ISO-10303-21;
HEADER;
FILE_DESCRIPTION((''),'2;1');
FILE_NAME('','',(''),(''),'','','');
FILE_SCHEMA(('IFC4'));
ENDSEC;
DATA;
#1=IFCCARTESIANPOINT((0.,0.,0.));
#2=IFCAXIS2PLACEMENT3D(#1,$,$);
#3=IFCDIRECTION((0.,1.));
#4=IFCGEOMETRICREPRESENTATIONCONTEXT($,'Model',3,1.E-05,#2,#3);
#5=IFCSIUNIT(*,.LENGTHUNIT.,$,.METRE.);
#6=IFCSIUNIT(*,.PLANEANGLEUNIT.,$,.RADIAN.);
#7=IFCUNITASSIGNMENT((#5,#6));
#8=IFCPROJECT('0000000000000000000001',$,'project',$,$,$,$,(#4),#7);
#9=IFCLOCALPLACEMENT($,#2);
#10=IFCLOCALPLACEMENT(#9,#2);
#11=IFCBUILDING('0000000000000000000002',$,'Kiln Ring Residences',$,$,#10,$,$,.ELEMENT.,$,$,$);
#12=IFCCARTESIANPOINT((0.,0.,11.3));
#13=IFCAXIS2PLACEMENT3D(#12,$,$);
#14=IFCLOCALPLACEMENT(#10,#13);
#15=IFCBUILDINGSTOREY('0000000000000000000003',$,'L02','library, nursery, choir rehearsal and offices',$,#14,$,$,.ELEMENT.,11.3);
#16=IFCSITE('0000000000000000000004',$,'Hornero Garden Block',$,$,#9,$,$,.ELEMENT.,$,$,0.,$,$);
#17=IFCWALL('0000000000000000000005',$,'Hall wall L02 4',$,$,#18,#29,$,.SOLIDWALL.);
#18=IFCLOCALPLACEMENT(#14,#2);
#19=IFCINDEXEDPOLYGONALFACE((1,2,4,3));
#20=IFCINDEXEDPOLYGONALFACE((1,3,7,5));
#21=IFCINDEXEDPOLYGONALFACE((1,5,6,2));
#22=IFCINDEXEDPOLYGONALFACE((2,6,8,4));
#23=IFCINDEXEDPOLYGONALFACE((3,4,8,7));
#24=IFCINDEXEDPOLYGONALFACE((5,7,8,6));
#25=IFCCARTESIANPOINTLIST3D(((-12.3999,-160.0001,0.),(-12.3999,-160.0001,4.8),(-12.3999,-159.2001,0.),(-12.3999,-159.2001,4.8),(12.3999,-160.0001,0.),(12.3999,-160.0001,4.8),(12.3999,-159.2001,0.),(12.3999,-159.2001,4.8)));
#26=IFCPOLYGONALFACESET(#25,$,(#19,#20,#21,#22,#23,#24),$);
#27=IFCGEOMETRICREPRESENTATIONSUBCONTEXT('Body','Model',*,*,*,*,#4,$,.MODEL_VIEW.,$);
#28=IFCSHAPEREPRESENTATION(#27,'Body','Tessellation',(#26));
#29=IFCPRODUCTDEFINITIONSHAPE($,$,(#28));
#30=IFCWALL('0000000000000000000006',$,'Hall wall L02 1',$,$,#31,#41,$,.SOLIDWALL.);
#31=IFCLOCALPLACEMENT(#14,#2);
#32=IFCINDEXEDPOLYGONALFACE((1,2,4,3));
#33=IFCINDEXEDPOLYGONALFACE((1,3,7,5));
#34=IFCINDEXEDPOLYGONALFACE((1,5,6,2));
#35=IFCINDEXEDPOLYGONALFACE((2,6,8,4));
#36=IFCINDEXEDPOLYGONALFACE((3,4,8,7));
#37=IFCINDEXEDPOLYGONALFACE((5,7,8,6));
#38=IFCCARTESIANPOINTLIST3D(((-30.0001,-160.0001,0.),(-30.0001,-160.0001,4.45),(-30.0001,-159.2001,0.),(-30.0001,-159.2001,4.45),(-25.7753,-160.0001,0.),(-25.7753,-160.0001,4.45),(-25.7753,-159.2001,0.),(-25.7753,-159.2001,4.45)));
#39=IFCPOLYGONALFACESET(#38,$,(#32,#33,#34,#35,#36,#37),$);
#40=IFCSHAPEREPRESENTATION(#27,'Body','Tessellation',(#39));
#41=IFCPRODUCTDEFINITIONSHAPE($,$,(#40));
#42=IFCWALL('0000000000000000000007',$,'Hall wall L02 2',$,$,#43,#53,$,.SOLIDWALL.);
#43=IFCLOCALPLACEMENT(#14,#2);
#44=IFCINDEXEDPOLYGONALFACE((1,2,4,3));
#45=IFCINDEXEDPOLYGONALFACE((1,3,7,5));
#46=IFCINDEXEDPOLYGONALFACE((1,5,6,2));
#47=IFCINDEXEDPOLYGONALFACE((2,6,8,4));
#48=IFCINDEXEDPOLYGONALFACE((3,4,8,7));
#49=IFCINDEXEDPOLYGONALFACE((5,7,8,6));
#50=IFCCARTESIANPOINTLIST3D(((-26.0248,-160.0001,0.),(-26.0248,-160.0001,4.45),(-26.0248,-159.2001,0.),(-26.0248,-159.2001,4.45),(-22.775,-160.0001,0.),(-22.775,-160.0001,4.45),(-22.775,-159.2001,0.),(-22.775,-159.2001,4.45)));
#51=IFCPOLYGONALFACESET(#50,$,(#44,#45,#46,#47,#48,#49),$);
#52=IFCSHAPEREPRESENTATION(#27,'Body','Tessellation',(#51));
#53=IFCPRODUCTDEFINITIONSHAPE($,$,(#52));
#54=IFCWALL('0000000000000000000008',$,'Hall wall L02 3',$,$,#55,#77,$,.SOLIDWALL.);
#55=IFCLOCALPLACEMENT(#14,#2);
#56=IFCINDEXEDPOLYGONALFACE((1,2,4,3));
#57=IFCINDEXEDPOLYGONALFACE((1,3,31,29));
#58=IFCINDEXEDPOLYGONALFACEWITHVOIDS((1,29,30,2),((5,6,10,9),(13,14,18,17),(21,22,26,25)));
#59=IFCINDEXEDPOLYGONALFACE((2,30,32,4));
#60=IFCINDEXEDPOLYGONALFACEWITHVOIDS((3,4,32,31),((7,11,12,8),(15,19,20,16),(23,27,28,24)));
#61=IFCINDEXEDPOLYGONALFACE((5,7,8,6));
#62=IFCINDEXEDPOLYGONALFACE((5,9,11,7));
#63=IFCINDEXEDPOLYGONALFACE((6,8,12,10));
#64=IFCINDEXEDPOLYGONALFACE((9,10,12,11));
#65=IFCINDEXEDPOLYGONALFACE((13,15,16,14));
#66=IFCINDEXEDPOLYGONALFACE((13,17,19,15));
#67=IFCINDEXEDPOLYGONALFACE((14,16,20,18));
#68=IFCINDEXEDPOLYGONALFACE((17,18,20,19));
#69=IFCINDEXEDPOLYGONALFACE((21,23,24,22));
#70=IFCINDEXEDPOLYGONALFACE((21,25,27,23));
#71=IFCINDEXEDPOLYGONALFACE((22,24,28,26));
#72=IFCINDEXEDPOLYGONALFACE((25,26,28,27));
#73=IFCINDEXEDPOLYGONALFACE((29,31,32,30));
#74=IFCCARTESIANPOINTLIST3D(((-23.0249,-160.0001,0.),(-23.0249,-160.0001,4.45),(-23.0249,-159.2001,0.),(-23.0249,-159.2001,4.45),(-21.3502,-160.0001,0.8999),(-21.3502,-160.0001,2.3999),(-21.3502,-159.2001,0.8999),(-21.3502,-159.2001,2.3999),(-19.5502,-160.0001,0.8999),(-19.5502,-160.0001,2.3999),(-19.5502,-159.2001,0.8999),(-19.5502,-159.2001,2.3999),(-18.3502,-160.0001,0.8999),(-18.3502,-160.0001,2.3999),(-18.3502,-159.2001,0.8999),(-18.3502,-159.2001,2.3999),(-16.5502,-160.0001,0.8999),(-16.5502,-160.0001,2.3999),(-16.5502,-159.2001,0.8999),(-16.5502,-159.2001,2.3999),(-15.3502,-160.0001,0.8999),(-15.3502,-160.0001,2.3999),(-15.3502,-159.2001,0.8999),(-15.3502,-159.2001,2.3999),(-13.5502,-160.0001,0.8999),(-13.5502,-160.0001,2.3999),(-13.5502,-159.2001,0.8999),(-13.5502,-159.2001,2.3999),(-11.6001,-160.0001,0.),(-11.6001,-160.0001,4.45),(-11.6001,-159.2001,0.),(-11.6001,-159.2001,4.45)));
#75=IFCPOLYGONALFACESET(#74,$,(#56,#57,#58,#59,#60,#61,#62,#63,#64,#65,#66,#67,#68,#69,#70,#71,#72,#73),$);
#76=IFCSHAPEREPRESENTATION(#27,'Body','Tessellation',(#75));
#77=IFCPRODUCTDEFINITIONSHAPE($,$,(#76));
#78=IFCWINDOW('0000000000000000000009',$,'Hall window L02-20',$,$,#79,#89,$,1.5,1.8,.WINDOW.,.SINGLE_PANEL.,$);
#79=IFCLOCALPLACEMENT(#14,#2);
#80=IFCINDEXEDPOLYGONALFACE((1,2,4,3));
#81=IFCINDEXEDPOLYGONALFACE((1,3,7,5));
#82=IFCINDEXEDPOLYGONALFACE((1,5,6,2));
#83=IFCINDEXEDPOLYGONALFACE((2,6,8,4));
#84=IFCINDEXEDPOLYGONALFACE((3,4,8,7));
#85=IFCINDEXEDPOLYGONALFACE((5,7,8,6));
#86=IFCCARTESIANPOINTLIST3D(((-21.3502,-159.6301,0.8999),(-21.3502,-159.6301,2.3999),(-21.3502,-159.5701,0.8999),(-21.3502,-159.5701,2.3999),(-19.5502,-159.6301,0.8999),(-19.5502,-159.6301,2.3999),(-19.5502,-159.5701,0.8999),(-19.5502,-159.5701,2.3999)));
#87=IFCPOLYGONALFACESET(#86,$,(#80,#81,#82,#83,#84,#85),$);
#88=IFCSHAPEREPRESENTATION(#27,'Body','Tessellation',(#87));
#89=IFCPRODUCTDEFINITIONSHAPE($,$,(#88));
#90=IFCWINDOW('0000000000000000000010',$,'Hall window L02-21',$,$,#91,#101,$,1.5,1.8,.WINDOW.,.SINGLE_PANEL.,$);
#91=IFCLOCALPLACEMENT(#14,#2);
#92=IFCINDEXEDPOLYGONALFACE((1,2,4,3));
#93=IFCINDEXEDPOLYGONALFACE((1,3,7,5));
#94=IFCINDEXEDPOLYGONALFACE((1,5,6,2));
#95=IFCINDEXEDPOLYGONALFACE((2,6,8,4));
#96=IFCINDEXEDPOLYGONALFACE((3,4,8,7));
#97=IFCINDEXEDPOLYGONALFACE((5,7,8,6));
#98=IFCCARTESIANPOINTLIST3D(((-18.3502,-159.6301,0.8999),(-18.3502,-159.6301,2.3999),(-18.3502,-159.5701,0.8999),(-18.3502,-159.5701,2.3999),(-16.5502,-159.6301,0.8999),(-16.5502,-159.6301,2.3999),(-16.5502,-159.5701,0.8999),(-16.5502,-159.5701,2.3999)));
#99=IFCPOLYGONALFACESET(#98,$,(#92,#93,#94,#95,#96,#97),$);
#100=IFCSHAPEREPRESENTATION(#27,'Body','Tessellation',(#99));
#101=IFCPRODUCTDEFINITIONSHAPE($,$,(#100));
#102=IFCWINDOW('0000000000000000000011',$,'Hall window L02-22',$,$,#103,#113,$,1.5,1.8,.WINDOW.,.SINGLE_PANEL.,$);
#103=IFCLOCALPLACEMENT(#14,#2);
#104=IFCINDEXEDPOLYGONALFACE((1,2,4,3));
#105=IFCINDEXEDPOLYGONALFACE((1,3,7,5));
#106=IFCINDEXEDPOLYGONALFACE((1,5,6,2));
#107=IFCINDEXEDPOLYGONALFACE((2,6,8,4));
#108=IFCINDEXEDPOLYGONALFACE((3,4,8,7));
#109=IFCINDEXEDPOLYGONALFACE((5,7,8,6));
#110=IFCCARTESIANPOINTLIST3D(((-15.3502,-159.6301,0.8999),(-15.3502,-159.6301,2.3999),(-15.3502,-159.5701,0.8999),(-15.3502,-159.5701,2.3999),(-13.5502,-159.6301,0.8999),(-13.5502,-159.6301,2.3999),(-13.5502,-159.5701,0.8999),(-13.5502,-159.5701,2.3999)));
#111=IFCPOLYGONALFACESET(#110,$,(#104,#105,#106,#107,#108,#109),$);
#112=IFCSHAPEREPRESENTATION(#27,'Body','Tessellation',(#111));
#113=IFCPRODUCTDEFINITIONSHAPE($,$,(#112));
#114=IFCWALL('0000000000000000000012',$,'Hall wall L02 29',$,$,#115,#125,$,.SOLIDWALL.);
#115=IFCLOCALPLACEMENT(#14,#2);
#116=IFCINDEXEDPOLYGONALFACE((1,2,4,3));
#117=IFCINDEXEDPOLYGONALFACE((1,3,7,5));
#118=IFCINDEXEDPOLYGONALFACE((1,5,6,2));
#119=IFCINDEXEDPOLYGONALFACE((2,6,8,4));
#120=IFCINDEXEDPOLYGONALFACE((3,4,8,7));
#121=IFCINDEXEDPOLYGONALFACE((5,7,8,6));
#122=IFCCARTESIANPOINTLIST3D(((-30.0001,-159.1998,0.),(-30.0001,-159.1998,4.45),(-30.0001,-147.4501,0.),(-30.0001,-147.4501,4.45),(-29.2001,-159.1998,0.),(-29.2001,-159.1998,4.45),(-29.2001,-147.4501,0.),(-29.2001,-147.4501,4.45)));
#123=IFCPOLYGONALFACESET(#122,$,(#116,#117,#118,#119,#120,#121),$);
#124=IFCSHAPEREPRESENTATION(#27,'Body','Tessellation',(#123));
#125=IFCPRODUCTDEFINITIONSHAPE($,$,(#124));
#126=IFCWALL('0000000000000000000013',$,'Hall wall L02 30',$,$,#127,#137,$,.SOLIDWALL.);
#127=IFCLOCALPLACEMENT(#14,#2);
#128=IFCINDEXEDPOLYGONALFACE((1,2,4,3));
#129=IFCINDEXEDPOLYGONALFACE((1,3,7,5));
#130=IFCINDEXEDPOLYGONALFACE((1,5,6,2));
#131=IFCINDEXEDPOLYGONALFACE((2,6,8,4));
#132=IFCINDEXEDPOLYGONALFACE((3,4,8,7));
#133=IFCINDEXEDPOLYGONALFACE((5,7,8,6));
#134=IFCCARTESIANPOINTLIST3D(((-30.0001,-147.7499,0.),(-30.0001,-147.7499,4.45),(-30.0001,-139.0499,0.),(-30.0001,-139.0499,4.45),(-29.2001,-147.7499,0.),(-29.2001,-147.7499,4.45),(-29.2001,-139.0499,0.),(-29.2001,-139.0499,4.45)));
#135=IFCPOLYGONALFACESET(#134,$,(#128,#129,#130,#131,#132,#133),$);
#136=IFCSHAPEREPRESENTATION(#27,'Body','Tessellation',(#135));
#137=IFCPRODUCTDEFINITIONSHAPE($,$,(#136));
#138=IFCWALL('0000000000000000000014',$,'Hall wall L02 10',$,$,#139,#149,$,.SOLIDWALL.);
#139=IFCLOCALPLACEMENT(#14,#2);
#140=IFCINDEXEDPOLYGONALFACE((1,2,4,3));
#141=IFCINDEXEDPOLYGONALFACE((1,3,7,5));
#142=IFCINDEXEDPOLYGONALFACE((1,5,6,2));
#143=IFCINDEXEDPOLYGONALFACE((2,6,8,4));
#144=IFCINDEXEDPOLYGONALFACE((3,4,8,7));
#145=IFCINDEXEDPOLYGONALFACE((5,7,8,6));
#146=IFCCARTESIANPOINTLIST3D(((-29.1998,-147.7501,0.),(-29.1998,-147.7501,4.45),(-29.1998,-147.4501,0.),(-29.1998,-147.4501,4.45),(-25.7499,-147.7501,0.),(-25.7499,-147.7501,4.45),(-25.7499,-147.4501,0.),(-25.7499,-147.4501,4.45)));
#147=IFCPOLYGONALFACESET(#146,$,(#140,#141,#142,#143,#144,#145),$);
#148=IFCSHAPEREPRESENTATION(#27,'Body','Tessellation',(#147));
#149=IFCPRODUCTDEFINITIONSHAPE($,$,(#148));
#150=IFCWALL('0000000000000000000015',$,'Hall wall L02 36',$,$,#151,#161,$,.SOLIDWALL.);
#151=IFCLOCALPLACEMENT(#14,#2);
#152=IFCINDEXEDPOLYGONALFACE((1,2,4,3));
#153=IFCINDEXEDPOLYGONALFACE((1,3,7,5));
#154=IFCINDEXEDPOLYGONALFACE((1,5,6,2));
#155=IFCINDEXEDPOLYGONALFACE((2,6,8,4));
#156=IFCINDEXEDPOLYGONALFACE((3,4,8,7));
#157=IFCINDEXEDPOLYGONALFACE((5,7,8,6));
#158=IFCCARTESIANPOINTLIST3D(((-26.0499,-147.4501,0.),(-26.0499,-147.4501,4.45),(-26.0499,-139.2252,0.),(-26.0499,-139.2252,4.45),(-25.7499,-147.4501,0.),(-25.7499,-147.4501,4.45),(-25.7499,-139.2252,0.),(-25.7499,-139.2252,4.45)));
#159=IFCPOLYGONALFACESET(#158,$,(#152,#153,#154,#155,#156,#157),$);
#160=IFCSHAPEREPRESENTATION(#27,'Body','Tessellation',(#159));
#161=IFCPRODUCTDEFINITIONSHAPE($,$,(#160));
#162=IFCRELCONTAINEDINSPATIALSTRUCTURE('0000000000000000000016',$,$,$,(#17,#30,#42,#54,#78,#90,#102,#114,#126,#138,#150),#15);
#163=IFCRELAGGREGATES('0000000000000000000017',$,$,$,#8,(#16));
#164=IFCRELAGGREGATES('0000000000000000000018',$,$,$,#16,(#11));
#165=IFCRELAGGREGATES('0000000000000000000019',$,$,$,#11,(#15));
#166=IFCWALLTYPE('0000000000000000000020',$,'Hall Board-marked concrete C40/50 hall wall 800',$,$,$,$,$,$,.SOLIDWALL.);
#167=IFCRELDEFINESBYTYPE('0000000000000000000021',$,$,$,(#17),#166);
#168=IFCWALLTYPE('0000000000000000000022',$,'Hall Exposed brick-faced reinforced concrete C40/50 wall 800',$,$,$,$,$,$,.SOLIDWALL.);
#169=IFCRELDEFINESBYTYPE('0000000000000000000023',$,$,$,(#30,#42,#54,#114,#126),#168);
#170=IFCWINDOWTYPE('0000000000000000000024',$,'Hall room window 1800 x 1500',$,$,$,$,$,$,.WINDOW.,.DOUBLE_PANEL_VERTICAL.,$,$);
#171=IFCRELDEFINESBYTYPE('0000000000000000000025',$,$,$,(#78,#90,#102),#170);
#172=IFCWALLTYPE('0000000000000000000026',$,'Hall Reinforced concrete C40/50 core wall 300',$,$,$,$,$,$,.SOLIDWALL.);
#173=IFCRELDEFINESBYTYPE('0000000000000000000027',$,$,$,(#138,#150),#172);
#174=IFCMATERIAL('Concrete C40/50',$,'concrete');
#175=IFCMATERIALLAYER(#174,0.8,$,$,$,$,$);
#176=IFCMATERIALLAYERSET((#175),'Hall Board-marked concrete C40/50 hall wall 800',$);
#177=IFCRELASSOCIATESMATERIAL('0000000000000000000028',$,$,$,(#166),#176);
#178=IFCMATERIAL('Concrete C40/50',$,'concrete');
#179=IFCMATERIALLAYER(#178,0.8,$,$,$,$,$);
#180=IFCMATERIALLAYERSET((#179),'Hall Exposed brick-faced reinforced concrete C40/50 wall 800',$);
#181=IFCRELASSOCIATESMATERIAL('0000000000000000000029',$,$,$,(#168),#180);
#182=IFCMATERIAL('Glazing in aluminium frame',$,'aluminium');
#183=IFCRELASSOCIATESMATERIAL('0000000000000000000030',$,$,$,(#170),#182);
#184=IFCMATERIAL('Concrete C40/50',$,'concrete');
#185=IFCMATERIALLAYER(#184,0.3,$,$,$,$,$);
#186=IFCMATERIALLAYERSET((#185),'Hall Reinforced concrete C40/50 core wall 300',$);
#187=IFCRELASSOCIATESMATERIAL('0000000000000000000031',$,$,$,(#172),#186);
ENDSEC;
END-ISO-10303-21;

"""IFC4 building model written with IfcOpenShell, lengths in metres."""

from ifc_helpers import new_model, si_unit, direction, frame, frame_2d, origin, place, context, subcontext, project, spatial, rectangle, extrude, material, layer, layer_set, type_object, element, fill, save


model = new_model("IFC4")

# Units and contexts
model_context = context("Model", 3, precision=1e-05, world=origin(), true_north=direction((0.0, 1.0)))
body_context = subcontext(model_context, "Body", "Model", "MODEL_VIEW")
ifc_project = project(units=[si_unit("LENGTHUNIT", "METRE"), si_unit("PLANEANGLEUNIT", "RADIAN")], contexts=[model_context])

# Site, building, storey
site_placement = place(None, origin())
site = spatial("IfcSite", under=ifc_project, at=site_placement, Name="Hornero Garden Block", CompositionType="ELEMENT", RefElevation=0.0)
building_placement = place(site_placement, origin())
building = spatial("IfcBuilding", under=site, at=building_placement, Name="Kiln Ring Residences", CompositionType="ELEMENT")
storey_placement = place(building_placement, frame((0.0, 0.0, 11.3)))
storey = spatial("IfcBuildingStorey", under=building, at=storey_placement, Name="L02", Description="library, nursery, choir rehearsal and offices", CompositionType="ELEMENT", Elevation=11.3)

# Walls
ifc_material_1 = material(Name="Concrete C40/50", Category="concrete")
ifc_layer_1 = layer(ifc_material_1, 0.8)
ifc_layer_set_1 = layer_set([ifc_layer_1], Name="Hall Board-marked concrete C40/50 hall wall 800")
wall_type_1 = type_object("IfcWallType", Name="Hall Board-marked concrete C40/50 hall wall 800", PredefinedType="SOLIDWALL", material=ifc_layer_set_1)
wall_1_placement = place(storey_placement, frame((-12.3999, -159.6001, 0.0), z_axis=(0.0, 0.0, 1.0), x_axis=(1.0, 0.0, 0.0)))
element("IfcWall", 1, at=wall_1_placement, inside=storey, type_object=wall_type_1, Name="Hall wall L02 4", PredefinedType="SOLIDWALL", context=body_context, shape_type="SweptSolid", body=[
    extrude(rectangle(XDim=24.7998, YDim=0.8, at=frame_2d((12.3999, 0.0))), origin(), (0.0, 0.0, 1.0), 4.8),
])
ifc_material_2 = material(Name="Concrete C40/50", Category="concrete")
ifc_layer_2 = layer(ifc_material_2, 0.8)
ifc_layer_set_2 = layer_set([ifc_layer_2], Name="Hall Exposed brick-faced reinforced concrete C40/50 wall 800")
wall_type_2 = type_object("IfcWallType", Name="Hall Exposed brick-faced reinforced concrete C40/50 wall 800", PredefinedType="SOLIDWALL", material=ifc_layer_set_2)
wall_2_placement = place(storey_placement, frame((-30.0, -159.6001, 0.0), z_axis=(0.0, 0.0, 1.0), x_axis=(1.0, 0.0, 0.0)))
element("IfcWall", 2, at=wall_2_placement, inside=storey, type_object=wall_type_2, Name="Hall wall L02 1", PredefinedType="SOLIDWALL", context=body_context, shape_type="SweptSolid", body=[
    extrude(rectangle(XDim=4.2249, YDim=0.8, at=frame_2d((2.1123, 0.0))), origin(), (0.0, 0.0, 1.0), 4.45),
])
wall_3_placement = place(storey_placement, frame((-26.0249, -159.6001, 0.0), z_axis=(0.0, 0.0, 1.0), x_axis=(1.0, 0.0, 0.0)))
element("IfcWall", 3, at=wall_3_placement, inside=storey, type_object=wall_type_2, Name="Hall wall L02 2", PredefinedType="SOLIDWALL", context=body_context, shape_type="SweptSolid", body=[
    extrude(rectangle(XDim=3.2498, YDim=0.8, at=frame_2d((1.625, 0.0))), origin(), (0.0, 0.0, 1.0), 4.45),
])

# Wall, openings, windows
wall_4_placement = place(storey_placement, frame((-23.0249, -159.6001, 0.0), z_axis=(0.0, 0.0, 1.0), x_axis=(1.0, 0.0, 0.0)))
wall_4 = element("IfcWall", 4, at=wall_4_placement, inside=storey, type_object=wall_type_2, Name="Hall wall L02 3", PredefinedType="SOLIDWALL", context=body_context, shape_type="SweptSolid", body=[
    extrude(rectangle(XDim=11.4248, YDim=0.8, at=frame_2d((5.7124, 0.0))), origin(), (0.0, 0.0, 1.0), 4.45),
])
opening_1_placement = place(wall_4_placement, frame((1.6748, 0.0, 0.8999)))
opening_1 = element("IfcOpeningElement", 5, at=opening_1_placement, cuts=wall_4, PredefinedType="OPENING", context=body_context, shape_type="SweptSolid", body=[
    extrude(rectangle(XDim=1.8, YDim=1.5, at=frame_2d((0.8999, 0.75))), frame((0.0, 0.4099, 0.0), z_axis=(0.0, -1.0, 0.0), x_axis=(1.0, 0.0, 0.0)), (0.0, 0.0, 1.0), 0.8201),
])
opening_2_placement = place(wall_4_placement, frame((4.6748, 0.0, 0.8999)))
opening_2 = element("IfcOpeningElement", 6, at=opening_2_placement, cuts=wall_4, PredefinedType="OPENING", context=body_context, shape_type="SweptSolid", body=[
    extrude(rectangle(XDim=1.8, YDim=1.5, at=frame_2d((0.8999, 0.75))), frame((0.0, 0.4099, 0.0), z_axis=(0.0, -1.0, 0.0), x_axis=(1.0, 0.0, 0.0)), (0.0, 0.0, 1.0), 0.8201),
])
opening_3_placement = place(wall_4_placement, frame((7.6748, 0.0, 0.8999)))
opening_3 = element("IfcOpeningElement", 7, at=opening_3_placement, cuts=wall_4, PredefinedType="OPENING", context=body_context, shape_type="SweptSolid", body=[
    extrude(rectangle(XDim=1.8, YDim=1.5, at=frame_2d((0.8999, 0.75))), frame((0.0, 0.4099, 0.0), z_axis=(0.0, -1.0, 0.0), x_axis=(1.0, 0.0, 0.0)), (0.0, 0.0, 1.0), 0.8201),
])
ifc_material_3 = material(Name="Glazing in aluminium frame", Category="aluminium")
window_type = type_object("IfcWindowType", Name="Hall room window 1800 x 1500", PartitioningType="DOUBLE_PANEL_VERTICAL", PredefinedType="WINDOW", material=ifc_material_3)
window_1_placement = place(opening_1_placement, origin())
window_1 = element("IfcWindow", 8, at=window_1_placement, inside=storey, type_object=window_type, Name="Hall window L02-20", OverallHeight=1.5, OverallWidth=1.8, PartitioningType="SINGLE_PANEL", PredefinedType="WINDOW", context=body_context, shape_type="SweptSolid", body=[
    extrude(rectangle(XDim=1.8, YDim=1.5, at=frame_2d((0.8999, 0.75))), frame((0.0, 0.03, 0.0), z_axis=(0.0, -1.0, 0.0), x_axis=(1.0, 0.0, 0.0)), (0.0, 0.0, 1.0), 0.0601),
])
fill(opening_1, window_1)
window_2_placement = place(opening_2_placement, origin())
window_2 = element("IfcWindow", 9, at=window_2_placement, inside=storey, type_object=window_type, Name="Hall window L02-21", OverallHeight=1.5, OverallWidth=1.8, PartitioningType="SINGLE_PANEL", PredefinedType="WINDOW", context=body_context, shape_type="SweptSolid", body=[
    extrude(rectangle(XDim=1.8, YDim=1.5, at=frame_2d((0.8999, 0.75))), frame((0.0, 0.03, 0.0), z_axis=(0.0, -1.0, 0.0), x_axis=(1.0, 0.0, 0.0)), (0.0, 0.0, 1.0), 0.0601),
])
fill(opening_2, window_2)
window_3_placement = place(opening_3_placement, origin())
window_3 = element("IfcWindow", 10, at=window_3_placement, inside=storey, type_object=window_type, Name="Hall window L02-22", OverallHeight=1.5, OverallWidth=1.8, PartitioningType="SINGLE_PANEL", PredefinedType="WINDOW", context=body_context, shape_type="SweptSolid", body=[
    extrude(rectangle(XDim=1.8, YDim=1.5, at=frame_2d((0.8999, 0.75))), frame((0.0, 0.03, 0.0), z_axis=(0.0, -1.0, 0.0), x_axis=(1.0, 0.0, 0.0)), (0.0, 0.0, 1.0), 0.0601),
])
fill(opening_3, window_3)

# Walls
wall_5_placement = place(storey_placement, frame((-29.6001, -159.2, 0.0), z_axis=(0.0, 0.0, 1.0), x_axis=(0.0, 1.0, 0.0)))
element("IfcWall", 11, at=wall_5_placement, inside=storey, type_object=wall_type_2, Name="Hall wall L02 29", PredefinedType="SOLIDWALL", context=body_context, shape_type="SweptSolid", body=[
    extrude(rectangle(XDim=11.7498, YDim=0.8, at=frame_2d((5.875, 0.0))), origin(), (0.0, 0.0, 1.0), 4.45),
])
wall_6_placement = place(storey_placement, frame((-29.6001, -147.75, 0.0), z_axis=(0.0, 0.0, 1.0), x_axis=(0.0, 1.0, 0.0)))
element("IfcWall", 12, at=wall_6_placement, inside=storey, type_object=wall_type_2, Name="Hall wall L02 30", PredefinedType="SOLIDWALL", context=body_context, shape_type="SweptSolid", body=[
    extrude(rectangle(XDim=8.7, YDim=0.8, at=frame_2d((4.3501, 0.0))), origin(), (0.0, 0.0, 1.0), 4.45),
])
ifc_material_4 = material(Name="Concrete C40/50", Category="concrete")
ifc_layer_3 = layer(ifc_material_4, 0.3)
ifc_layer_set_3 = layer_set([ifc_layer_3], Name="Hall Reinforced concrete C40/50 core wall 300")
wall_type_3 = type_object("IfcWallType", Name="Hall Reinforced concrete C40/50 core wall 300", PredefinedType="SOLIDWALL", material=ifc_layer_set_3)
wall_7_placement = place(storey_placement, frame((-29.2, -147.6001, 0.0), z_axis=(0.0, 0.0, 1.0), x_axis=(1.0, 0.0, 0.0)))
element("IfcWall", 13, at=wall_7_placement, inside=storey, type_object=wall_type_3, Name="Hall wall L02 10", PredefinedType="SOLIDWALL", context=body_context, shape_type="SweptSolid", body=[
    extrude(rectangle(XDim=3.45, YDim=0.3, at=frame_2d((1.7251, 0.0))), origin(), (0.0, 0.0, 1.0), 4.45),
])
wall_8_placement = place(storey_placement, frame((-25.8999, -147.45, 0.0), z_axis=(0.0, 0.0, 1.0), x_axis=(0.0, 1.0, 0.0)))
element("IfcWall", 14, at=wall_8_placement, inside=storey, type_object=wall_type_3, Name="Hall wall L02 36", PredefinedType="SOLIDWALL", context=body_context, shape_type="SweptSolid", body=[
    extrude(rectangle(XDim=8.2249, YDim=0.3, at=frame_2d((4.1123, 0.0))), origin(), (0.0, 0.0, 1.0), 4.45),
])

save(model, "model.ifc")
